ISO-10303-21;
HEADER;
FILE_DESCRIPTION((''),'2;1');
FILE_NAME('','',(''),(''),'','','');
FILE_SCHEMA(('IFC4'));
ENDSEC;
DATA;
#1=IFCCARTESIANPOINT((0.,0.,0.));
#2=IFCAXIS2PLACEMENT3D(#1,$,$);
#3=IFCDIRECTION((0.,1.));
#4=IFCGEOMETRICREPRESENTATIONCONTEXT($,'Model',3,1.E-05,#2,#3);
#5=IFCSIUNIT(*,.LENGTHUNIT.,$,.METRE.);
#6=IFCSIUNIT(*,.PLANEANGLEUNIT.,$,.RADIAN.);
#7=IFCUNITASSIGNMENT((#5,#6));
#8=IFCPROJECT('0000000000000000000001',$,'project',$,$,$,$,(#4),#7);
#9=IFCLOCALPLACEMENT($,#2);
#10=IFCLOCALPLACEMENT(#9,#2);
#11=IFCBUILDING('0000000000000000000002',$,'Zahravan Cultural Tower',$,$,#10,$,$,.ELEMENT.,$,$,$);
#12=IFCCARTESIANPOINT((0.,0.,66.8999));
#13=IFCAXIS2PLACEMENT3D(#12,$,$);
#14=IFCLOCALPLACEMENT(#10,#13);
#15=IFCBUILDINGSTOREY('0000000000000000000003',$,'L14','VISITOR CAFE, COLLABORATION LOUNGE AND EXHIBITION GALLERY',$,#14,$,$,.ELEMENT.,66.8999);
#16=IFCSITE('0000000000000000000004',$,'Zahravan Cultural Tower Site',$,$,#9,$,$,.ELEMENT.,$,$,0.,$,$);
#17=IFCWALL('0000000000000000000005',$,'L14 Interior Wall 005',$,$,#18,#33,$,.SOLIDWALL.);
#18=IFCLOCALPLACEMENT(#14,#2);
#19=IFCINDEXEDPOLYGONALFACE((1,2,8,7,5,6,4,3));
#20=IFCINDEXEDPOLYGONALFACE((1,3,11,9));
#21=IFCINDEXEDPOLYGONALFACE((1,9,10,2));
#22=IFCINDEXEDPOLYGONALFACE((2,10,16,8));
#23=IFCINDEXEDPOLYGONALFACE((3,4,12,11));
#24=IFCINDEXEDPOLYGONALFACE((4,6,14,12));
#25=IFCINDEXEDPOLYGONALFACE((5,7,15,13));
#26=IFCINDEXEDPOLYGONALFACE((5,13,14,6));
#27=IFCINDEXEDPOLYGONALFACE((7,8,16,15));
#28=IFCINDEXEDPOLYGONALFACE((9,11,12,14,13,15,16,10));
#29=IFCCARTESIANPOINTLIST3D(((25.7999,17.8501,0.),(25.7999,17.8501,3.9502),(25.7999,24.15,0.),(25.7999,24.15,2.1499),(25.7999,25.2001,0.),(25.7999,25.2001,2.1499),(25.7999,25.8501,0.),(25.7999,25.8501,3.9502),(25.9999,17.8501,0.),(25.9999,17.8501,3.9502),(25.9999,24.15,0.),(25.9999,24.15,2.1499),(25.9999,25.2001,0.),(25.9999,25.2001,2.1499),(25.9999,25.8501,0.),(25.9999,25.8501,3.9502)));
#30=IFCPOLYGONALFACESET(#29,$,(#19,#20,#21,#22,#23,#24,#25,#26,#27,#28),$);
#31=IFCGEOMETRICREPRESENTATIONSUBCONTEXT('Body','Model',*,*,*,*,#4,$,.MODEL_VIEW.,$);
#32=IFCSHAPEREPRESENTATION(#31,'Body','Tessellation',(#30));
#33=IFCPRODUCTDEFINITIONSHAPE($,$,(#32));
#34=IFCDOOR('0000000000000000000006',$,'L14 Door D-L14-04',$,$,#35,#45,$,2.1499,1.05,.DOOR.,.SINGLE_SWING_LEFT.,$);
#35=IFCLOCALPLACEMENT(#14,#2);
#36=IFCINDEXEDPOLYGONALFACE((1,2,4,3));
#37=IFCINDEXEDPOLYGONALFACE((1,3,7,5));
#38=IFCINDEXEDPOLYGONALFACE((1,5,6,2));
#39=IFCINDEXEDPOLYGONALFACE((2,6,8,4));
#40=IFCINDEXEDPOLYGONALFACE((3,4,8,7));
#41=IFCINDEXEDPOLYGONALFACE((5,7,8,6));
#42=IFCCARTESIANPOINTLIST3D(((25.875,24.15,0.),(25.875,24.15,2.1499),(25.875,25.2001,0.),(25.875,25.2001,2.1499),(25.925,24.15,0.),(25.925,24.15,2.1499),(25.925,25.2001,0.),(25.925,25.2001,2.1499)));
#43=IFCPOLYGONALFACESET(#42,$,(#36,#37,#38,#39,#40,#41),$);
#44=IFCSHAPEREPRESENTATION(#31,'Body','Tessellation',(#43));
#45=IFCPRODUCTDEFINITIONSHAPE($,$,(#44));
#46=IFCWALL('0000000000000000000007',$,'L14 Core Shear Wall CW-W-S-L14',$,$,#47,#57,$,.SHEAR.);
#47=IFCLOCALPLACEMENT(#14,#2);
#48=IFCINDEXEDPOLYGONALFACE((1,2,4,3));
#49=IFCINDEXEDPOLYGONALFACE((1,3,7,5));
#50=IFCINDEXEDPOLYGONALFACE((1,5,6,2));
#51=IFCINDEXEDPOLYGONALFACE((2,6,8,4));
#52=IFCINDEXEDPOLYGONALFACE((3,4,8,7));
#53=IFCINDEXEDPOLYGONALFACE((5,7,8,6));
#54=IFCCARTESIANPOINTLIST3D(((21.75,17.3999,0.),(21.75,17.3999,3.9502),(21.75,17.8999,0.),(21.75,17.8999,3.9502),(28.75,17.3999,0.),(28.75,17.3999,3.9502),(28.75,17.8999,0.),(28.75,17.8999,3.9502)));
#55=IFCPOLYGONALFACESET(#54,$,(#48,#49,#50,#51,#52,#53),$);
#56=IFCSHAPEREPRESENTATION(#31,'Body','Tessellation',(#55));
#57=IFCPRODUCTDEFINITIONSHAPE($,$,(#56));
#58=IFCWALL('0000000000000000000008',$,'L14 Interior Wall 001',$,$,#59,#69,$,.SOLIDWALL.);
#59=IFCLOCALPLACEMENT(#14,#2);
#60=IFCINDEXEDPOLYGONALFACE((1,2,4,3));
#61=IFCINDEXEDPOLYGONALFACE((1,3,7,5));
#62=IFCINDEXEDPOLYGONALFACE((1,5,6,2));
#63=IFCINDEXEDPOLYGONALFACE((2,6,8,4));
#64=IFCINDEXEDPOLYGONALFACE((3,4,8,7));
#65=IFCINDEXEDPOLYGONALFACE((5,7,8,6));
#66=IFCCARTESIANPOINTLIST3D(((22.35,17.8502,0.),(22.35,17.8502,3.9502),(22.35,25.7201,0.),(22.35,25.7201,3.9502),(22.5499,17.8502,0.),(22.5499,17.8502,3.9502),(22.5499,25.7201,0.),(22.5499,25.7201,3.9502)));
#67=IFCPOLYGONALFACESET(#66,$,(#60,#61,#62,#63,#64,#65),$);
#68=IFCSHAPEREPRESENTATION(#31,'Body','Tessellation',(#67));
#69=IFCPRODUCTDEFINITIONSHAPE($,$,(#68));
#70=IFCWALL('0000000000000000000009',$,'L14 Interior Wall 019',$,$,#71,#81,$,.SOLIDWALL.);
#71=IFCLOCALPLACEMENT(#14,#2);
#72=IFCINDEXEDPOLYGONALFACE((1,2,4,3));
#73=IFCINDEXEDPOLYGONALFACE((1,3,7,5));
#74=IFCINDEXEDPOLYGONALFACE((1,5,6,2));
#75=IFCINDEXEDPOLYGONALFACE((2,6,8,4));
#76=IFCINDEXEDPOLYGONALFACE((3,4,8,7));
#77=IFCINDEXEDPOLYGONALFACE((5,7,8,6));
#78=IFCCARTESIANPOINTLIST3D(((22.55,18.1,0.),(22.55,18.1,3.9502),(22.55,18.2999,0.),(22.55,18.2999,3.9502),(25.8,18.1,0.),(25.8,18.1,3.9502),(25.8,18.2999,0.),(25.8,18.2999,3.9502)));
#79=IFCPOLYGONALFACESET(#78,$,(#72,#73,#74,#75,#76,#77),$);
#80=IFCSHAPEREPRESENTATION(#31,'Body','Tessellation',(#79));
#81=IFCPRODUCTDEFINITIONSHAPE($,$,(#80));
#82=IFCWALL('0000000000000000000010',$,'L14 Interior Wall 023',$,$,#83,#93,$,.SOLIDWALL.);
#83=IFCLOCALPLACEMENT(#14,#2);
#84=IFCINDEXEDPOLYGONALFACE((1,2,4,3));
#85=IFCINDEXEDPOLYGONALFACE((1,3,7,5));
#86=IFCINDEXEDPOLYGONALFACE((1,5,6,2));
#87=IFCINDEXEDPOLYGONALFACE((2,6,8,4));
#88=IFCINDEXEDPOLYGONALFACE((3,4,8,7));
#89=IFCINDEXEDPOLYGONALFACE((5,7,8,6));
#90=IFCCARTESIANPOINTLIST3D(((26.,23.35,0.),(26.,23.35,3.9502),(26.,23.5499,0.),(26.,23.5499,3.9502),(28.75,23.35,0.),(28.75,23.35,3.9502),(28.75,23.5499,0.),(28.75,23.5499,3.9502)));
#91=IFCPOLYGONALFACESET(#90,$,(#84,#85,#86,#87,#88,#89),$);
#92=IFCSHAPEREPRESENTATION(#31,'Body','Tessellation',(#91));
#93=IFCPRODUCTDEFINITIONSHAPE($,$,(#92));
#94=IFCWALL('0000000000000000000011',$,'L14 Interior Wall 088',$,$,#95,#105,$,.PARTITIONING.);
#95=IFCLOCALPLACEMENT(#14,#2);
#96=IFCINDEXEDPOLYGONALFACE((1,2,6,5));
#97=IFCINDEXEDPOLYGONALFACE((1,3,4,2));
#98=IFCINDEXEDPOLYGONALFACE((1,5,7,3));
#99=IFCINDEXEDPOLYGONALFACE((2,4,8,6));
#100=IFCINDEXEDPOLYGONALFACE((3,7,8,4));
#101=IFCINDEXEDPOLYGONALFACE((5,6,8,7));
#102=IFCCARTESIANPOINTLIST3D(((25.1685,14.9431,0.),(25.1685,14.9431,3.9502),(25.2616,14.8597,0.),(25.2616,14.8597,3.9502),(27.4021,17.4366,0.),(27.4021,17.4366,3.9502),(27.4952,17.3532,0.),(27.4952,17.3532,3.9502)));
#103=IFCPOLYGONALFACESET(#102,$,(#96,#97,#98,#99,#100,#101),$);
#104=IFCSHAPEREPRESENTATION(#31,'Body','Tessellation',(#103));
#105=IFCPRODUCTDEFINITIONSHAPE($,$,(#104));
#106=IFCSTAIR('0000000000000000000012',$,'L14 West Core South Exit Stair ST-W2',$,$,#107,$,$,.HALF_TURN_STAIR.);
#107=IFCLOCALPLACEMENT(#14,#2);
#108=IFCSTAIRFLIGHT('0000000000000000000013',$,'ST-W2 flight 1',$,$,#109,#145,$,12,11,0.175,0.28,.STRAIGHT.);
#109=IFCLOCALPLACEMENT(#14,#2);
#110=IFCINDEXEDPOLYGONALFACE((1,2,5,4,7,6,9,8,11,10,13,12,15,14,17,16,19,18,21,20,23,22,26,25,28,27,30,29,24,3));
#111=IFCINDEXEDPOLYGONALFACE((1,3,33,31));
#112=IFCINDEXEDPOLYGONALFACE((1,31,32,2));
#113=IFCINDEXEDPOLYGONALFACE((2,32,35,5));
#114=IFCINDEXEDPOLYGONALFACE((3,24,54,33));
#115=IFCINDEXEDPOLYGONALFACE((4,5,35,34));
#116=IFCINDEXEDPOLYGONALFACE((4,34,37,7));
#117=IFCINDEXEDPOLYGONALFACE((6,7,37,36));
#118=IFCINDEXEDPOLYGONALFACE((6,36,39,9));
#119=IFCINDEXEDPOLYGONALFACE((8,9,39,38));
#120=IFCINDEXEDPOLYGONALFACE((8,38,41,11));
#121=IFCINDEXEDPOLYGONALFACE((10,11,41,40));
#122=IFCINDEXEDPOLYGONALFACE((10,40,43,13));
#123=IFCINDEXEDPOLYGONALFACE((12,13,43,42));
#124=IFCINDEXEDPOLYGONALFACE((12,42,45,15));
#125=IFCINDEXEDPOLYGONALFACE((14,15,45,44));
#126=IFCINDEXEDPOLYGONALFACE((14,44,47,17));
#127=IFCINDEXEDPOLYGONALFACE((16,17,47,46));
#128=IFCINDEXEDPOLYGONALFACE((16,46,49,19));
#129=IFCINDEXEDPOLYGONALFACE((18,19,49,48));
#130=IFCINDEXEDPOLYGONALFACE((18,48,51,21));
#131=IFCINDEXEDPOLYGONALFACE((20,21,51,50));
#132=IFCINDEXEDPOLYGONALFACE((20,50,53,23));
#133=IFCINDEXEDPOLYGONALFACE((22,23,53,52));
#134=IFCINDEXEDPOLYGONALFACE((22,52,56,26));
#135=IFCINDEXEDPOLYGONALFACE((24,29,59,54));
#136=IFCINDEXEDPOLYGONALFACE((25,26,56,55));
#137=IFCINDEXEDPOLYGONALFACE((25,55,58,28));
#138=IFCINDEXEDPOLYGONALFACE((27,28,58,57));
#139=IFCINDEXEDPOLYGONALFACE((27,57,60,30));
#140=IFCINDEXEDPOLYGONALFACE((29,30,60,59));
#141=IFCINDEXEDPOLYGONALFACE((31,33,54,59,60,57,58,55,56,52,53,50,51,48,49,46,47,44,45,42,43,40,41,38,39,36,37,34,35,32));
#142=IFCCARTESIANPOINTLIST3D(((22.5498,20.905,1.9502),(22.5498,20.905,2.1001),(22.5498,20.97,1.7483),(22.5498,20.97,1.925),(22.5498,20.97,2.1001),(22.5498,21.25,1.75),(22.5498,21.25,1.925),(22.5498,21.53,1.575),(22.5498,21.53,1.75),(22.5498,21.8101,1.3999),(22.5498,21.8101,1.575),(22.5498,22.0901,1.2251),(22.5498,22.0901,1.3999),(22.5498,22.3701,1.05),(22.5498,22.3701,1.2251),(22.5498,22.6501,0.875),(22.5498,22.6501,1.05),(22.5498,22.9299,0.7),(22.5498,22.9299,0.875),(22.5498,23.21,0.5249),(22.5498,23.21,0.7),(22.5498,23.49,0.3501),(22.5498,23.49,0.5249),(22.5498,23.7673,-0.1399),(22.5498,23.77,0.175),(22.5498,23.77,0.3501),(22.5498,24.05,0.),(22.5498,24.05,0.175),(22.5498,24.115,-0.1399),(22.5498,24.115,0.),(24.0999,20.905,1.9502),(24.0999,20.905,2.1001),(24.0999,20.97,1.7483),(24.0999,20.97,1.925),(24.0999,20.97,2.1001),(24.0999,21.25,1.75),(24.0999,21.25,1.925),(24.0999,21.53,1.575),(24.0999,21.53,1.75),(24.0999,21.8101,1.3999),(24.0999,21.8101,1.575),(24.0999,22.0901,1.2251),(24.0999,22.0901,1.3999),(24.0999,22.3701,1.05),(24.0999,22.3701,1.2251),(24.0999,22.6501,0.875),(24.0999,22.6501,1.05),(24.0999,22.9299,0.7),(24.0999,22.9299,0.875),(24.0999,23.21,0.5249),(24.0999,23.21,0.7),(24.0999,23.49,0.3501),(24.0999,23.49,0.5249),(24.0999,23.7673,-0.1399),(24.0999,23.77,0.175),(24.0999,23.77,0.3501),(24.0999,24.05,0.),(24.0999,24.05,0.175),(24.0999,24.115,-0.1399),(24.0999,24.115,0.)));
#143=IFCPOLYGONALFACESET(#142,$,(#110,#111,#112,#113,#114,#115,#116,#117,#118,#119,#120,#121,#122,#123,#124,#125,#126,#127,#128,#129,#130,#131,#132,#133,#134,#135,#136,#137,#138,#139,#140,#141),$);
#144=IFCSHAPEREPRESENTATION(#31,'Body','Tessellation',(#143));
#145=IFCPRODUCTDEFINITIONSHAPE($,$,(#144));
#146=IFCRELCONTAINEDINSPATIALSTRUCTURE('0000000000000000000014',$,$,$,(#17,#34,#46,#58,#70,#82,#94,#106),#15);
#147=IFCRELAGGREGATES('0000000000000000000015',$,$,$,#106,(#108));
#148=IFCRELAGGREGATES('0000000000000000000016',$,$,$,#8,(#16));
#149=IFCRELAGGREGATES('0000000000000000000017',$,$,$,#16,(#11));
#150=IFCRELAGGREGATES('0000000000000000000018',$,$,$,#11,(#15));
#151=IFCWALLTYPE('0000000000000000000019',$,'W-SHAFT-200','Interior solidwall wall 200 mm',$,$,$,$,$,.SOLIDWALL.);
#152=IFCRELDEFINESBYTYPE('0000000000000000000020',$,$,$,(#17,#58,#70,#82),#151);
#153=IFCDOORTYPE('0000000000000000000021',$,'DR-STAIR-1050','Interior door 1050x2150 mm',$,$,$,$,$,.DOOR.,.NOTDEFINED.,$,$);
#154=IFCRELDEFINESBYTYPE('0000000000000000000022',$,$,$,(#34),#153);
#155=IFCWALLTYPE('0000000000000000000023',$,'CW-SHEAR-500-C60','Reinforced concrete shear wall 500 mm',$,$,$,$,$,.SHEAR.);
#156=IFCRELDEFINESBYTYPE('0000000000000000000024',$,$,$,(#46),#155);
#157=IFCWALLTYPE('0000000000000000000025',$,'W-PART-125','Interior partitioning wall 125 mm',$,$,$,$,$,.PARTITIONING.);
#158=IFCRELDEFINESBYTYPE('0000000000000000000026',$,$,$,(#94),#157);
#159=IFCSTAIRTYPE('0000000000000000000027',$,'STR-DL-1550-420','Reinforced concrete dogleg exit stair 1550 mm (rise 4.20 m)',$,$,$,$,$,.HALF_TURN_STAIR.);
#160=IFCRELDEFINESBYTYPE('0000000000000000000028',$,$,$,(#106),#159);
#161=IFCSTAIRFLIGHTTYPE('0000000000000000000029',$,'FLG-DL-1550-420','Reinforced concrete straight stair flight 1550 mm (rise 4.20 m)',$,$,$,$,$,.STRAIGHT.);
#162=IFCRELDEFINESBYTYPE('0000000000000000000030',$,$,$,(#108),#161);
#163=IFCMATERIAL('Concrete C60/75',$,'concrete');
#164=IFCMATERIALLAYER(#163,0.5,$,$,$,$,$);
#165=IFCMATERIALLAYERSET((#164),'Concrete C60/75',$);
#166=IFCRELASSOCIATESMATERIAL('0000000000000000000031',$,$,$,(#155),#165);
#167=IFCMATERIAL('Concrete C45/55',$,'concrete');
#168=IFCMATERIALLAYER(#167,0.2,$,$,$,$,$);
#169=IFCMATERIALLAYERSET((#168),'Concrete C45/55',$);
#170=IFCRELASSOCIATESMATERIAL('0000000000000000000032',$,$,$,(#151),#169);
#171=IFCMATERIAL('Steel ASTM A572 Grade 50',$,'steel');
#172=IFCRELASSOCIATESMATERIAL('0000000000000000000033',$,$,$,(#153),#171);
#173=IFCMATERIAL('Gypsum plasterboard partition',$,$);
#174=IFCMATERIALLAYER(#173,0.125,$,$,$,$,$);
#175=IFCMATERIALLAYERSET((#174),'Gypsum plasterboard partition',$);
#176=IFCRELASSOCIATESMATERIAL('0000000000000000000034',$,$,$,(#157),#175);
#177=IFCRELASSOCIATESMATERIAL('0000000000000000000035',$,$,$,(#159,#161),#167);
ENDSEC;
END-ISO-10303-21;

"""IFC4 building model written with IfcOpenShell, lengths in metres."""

from ifc_helpers import new_model, si_unit, direction, frame, frame_2d, origin, place, context, subcontext, project, spatial, polyline, rectangle, outline, extrude, source, transform, mapped, material, layer, layer_set, type_object, element, fill, aggregate, save


model = new_model("IFC4")

# Units and contexts
model_context = context("Model", 3, precision=1e-05, world=origin(), true_north=direction((0.0, 1.0)))
body_context = subcontext(model_context, "Body", "Model", "MODEL_VIEW")
ifc_project = project(units=[si_unit("LENGTHUNIT", "METRE"), si_unit("PLANEANGLEUNIT", "RADIAN")], contexts=[model_context])

# Site, building, storey
site_placement = place(None, origin())
site = spatial("IfcSite", under=ifc_project, at=site_placement, Name="Zahravan Cultural Tower Site", CompositionType="ELEMENT", RefElevation=0.0)
building_placement = place(site_placement, origin())
building = spatial("IfcBuilding", under=site, at=building_placement, Name="Zahravan Cultural Tower", CompositionType="ELEMENT")
storey_placement = place(building_placement, frame((0.0, 0.0, 66.8999)))
storey = spatial("IfcBuildingStorey", under=building, at=storey_placement, Name="L14", Description="VISITOR CAFE, COLLABORATION LOUNGE AND EXHIBITION GALLERY", CompositionType="ELEMENT", Elevation=66.8999)

# Shared definitions
ifc_material_1 = material(Name="Concrete C60/75", Category="concrete")

# Shared definitions
ifc_layer_1 = layer(ifc_material_1, 0.5)
ifc_layer_set_1 = layer_set([ifc_layer_1], Name="Concrete C60/75")
wall_type_1 = type_object("IfcWallType", Name="CW-SHEAR-500-C60", Description="Reinforced concrete shear wall 500 mm", PredefinedType="SHEAR", material=ifc_layer_set_1)
ifc_material_2 = material(Name="Steel ASTM A572 Grade 50", Category="steel")

# Wall, opening, door
ifc_material_3 = material(Name="Concrete C45/55", Category="concrete")
ifc_layer_2 = layer(ifc_material_3, 0.2)
ifc_layer_set_2 = layer_set([ifc_layer_2], Name="Concrete C45/55")
wall_type_2 = type_object("IfcWallType", Name="W-SHAFT-200", Description="Interior solidwall wall 200 mm", PredefinedType="SOLIDWALL", material=ifc_layer_set_2)
wall_1_placement = place(storey_placement, frame((25.8999, 17.8501, 0.0), z_axis=(0.0, 0.0, 1.0), x_axis=(0.0, 1.0, 0.0)))
wall_1 = element("IfcWall", 1, at=wall_1_placement, inside=storey, type_object=wall_type_2, Name="L14 Interior Wall 005", PredefinedType="SOLIDWALL", context=body_context, shape_type="SweptSolid", body=[
    extrude(rectangle(XDim=8.0, YDim=0.2, at=frame_2d((4.0, 0.0))), origin(), (0.0, 0.0, 1.0), 3.9502),
])
opening_1_placement = place(wall_1_placement, frame((6.3, 0.0, 0.0)))
opening_1 = element("IfcOpeningElement", 2, at=opening_1_placement, cuts=wall_1, PredefinedType="OPENING", context=body_context, shape_type="SweptSolid", body=[
    extrude(rectangle(XDim=1.05, YDim=2.1499, at=frame_2d((0.5249, 1.075))), frame((0.0, 0.1099, 0.0), z_axis=(0.0, -1.0, 0.0), x_axis=(1.0, 0.0, 0.0)), (0.0, 0.0, 1.0), 0.22),
])
door_type_1 = type_object("IfcDoorType", Name="DR-STAIR-1050", Description="Interior door 1050x2150 mm", OperationType="NOTDEFINED", PredefinedType="DOOR", material=ifc_material_2)
shared_shape_1 = source(origin(), body_context, "Body", "SweptSolid", [
    extrude(rectangle(XDim=1.05, YDim=2.1499, at=frame_2d((0.5249, 1.075))), frame((0.0, 0.0249, 0.0), z_axis=(0.0, -1.0, 0.0), x_axis=(1.0, 0.0, 0.0)), (0.0, 0.0, 1.0), 0.05),
])
door_1_placement = place(opening_1_placement, origin())
door_1 = element("IfcDoor", 3, at=door_1_placement, inside=storey, type_object=door_type_1, Name="L14 Door D-L14-04", OperationType="SINGLE_SWING_LEFT", OverallHeight=2.1499, OverallWidth=1.05, PredefinedType="DOOR", context=body_context, shape_type="MappedRepresentation", body=[
    mapped(shared_shape_1, transform((0.0, 0.0, 0.0), x_axis=(1.0, 0.0, 0.0), y_axis=(0.0, 1.0, 0.0), z_axis=(0.0, 0.0, 1.0), scale=1.0)),
])
fill(opening_1, door_1)

# Walls
shared_shape_2 = source(origin(), body_context, "Body", "SweptSolid", [
    extrude(rectangle(XDim=7.0, YDim=0.5, at=frame_2d((3.5, 0.0))), origin(), (0.0, 0.0, 1.0), 3.9502),
])
wall_2_placement = place(storey_placement, frame((21.75, 17.6499, 0.0), z_axis=(0.0, 0.0, 1.0), x_axis=(1.0, 0.0, 0.0)))
element("IfcWall", 4, at=wall_2_placement, inside=storey, type_object=wall_type_1, Name="L14 Core Shear Wall CW-W-S-L14", PredefinedType="SHEAR", context=body_context, shape_type="MappedRepresentation", body=[
    mapped(shared_shape_2, transform((0.0, 0.0, 0.0), x_axis=(1.0, 0.0, 0.0), y_axis=(0.0, 1.0, 0.0), z_axis=(0.0, 0.0, 1.0), scale=1.0)),
])
shared_shape_3 = source(origin(), body_context, "Body", "SweptSolid", [
    extrude(rectangle(XDim=7.8699, YDim=0.2, at=frame_2d((3.9351, 0.0))), origin(), (0.0, 0.0, 1.0), 3.9502),
])
wall_3_placement = place(storey_placement, frame((22.45, 17.8501, 0.0), z_axis=(0.0, 0.0, 1.0), x_axis=(0.0, 1.0, 0.0)))
element("IfcWall", 5, at=wall_3_placement, inside=storey, type_object=wall_type_2, Name="L14 Interior Wall 001", PredefinedType="SOLIDWALL", context=body_context, shape_type="MappedRepresentation", body=[
    mapped(shared_shape_3, transform((0.0, 0.0, 0.0), x_axis=(1.0, 0.0, 0.0), y_axis=(0.0, 1.0, 0.0), z_axis=(0.0, 0.0, 1.0), scale=1.0)),
])
shared_shape_4 = source(origin(), body_context, "Body", "SweptSolid", [
    extrude(rectangle(XDim=3.25, YDim=0.2, at=frame_2d((1.625, 0.0))), origin(), (0.0, 0.0, 1.0), 3.9502),
])
wall_4_placement = place(storey_placement, frame((22.55, 18.2, 0.0), z_axis=(0.0, 0.0, 1.0), x_axis=(1.0, 0.0, 0.0)))
element("IfcWall", 6, at=wall_4_placement, inside=storey, type_object=wall_type_2, Name="L14 Interior Wall 019", PredefinedType="SOLIDWALL", context=body_context, shape_type="MappedRepresentation", body=[
    mapped(shared_shape_4, transform((0.0, 0.0, 0.0), x_axis=(1.0, 0.0, 0.0), y_axis=(0.0, 1.0, 0.0), z_axis=(0.0, 0.0, 1.0), scale=1.0)),
])
shared_shape_5 = source(origin(), body_context, "Body", "SweptSolid", [
    extrude(rectangle(XDim=2.75, YDim=0.2, at=frame_2d((1.375, 0.0))), origin(), (0.0, 0.0, 1.0), 3.9502),
])
wall_5_placement = place(storey_placement, frame((26.0, 23.45, 0.0), z_axis=(0.0, 0.0, 1.0), x_axis=(1.0, 0.0, 0.0)))
element("IfcWall", 7, at=wall_5_placement, inside=storey, type_object=wall_type_2, Name="L14 Interior Wall 023", PredefinedType="SOLIDWALL", context=body_context, shape_type="MappedRepresentation", body=[
    mapped(shared_shape_5, transform((0.0, 0.0, 0.0), x_axis=(1.0, 0.0, 0.0), y_axis=(0.0, 1.0, 0.0), z_axis=(0.0, 0.0, 1.0), scale=1.0)),
])
ifc_material_4 = material(Name="Gypsum plasterboard partition")
ifc_layer_3 = layer(ifc_material_4, 0.125)
ifc_layer_set_3 = layer_set([ifc_layer_3], Name="Gypsum plasterboard partition")
wall_type_3 = type_object("IfcWallType", Name="W-PART-125", Description="Interior partitioning wall 125 mm", PredefinedType="PARTITIONING", material=ifc_layer_set_3)
shared_shape_6 = source(origin(), body_context, "Body", "SweptSolid", [
    extrude(rectangle(XDim=3.3477, YDim=0.125, at=frame_2d((1.6738, 0.0))), origin(), (0.0, 0.0, 1.0), 3.9502),
])
wall_6_placement = place(storey_placement, frame((25.2151, 14.9014, 0.0), z_axis=(0.0, 0.0, 1.0), x_axis=(0.667206, 0.744873, 0.0)))
element("IfcWall", 8, at=wall_6_placement, inside=storey, type_object=wall_type_3, Name="L14 Interior Wall 088", PredefinedType="PARTITIONING", context=body_context, shape_type="MappedRepresentation", body=[
    mapped(shared_shape_6, transform((0.0, 0.0, 0.0), x_axis=(1.0, 0.0, 0.0), y_axis=(0.0, 1.0, 0.0), z_axis=(0.0, 0.0, 1.0), scale=1.0)),
])

# Stair, stair flight
stair_type = type_object("IfcStairType", Name="STR-DL-1550-420", Description="Reinforced concrete dogleg exit stair 1550 mm (rise 4.20 m)", PredefinedType="HALF_TURN_STAIR", material=ifc_material_3)
stair_placement = place(storey_placement, origin())
stair = element("IfcStair", 9, at=stair_placement, inside=storey, type_object=stair_type, Name="L14 West Core South Exit Stair ST-W2", PredefinedType="HALF_TURN_STAIR")
stair_flight_type = type_object("IfcStairFlightType", Name="FLG-DL-1550-420", Description="Reinforced concrete straight stair flight 1550 mm (rise 4.20 m)", PredefinedType="STRAIGHT", material=ifc_material_3)
stair_flight_1_placement = place(storey_placement, frame((23.325, 24.05, 0.0), z_axis=(0.0, 0.0, 1.0), x_axis=(0.0, -1.0, 0.0)))
stair_flight_1 = element("IfcStairFlight", 10, at=stair_flight_1_placement, type_object=stair_flight_type, Name="ST-W2 flight 1", NumberOfRisers=12, NumberOfTreads=11, PredefinedType="STRAIGHT", RiserHeight=0.175, TreadLength=0.28, context=body_context, shape_type="SweptSolid", body=[
    extrude(outline(polyline([(-0.0649, -0.1399), (-0.0649, 0.0), (0.0, 0.0), (0.0, 0.175), (0.28, 0.175), (0.28, 0.3501), (0.5601, 0.3501), (0.5601, 0.5249), (0.8401, 0.5249), (0.8401, 0.7), (1.1201, 0.7), (1.1201, 0.875), (1.3999, 0.875), (1.3999, 1.05), (1.6799, 1.05), (1.6799, 1.2251), (1.96, 1.2251), (1.96, 1.3999), (2.24, 1.3999), (2.24, 1.575), (2.52, 1.575), (2.52, 1.75), (2.8, 1.75), (2.8, 1.925), (3.0801, 1.925), (3.0801, 2.1001), (3.145, 2.1001), (3.145, 1.9502), (3.0801, 1.7483), (0.2827, -0.1399), (-0.0649, -0.1399)])), frame((0.0, 0.7749, 0.0), z_axis=(0.0, -1.0, 0.0), x_axis=(1.0, 0.0, 0.0)), (0.0, 0.0, 1.0), 1.55),
])
aggregate(stair, [stair_flight_1])

save(model, "model.ifc")
